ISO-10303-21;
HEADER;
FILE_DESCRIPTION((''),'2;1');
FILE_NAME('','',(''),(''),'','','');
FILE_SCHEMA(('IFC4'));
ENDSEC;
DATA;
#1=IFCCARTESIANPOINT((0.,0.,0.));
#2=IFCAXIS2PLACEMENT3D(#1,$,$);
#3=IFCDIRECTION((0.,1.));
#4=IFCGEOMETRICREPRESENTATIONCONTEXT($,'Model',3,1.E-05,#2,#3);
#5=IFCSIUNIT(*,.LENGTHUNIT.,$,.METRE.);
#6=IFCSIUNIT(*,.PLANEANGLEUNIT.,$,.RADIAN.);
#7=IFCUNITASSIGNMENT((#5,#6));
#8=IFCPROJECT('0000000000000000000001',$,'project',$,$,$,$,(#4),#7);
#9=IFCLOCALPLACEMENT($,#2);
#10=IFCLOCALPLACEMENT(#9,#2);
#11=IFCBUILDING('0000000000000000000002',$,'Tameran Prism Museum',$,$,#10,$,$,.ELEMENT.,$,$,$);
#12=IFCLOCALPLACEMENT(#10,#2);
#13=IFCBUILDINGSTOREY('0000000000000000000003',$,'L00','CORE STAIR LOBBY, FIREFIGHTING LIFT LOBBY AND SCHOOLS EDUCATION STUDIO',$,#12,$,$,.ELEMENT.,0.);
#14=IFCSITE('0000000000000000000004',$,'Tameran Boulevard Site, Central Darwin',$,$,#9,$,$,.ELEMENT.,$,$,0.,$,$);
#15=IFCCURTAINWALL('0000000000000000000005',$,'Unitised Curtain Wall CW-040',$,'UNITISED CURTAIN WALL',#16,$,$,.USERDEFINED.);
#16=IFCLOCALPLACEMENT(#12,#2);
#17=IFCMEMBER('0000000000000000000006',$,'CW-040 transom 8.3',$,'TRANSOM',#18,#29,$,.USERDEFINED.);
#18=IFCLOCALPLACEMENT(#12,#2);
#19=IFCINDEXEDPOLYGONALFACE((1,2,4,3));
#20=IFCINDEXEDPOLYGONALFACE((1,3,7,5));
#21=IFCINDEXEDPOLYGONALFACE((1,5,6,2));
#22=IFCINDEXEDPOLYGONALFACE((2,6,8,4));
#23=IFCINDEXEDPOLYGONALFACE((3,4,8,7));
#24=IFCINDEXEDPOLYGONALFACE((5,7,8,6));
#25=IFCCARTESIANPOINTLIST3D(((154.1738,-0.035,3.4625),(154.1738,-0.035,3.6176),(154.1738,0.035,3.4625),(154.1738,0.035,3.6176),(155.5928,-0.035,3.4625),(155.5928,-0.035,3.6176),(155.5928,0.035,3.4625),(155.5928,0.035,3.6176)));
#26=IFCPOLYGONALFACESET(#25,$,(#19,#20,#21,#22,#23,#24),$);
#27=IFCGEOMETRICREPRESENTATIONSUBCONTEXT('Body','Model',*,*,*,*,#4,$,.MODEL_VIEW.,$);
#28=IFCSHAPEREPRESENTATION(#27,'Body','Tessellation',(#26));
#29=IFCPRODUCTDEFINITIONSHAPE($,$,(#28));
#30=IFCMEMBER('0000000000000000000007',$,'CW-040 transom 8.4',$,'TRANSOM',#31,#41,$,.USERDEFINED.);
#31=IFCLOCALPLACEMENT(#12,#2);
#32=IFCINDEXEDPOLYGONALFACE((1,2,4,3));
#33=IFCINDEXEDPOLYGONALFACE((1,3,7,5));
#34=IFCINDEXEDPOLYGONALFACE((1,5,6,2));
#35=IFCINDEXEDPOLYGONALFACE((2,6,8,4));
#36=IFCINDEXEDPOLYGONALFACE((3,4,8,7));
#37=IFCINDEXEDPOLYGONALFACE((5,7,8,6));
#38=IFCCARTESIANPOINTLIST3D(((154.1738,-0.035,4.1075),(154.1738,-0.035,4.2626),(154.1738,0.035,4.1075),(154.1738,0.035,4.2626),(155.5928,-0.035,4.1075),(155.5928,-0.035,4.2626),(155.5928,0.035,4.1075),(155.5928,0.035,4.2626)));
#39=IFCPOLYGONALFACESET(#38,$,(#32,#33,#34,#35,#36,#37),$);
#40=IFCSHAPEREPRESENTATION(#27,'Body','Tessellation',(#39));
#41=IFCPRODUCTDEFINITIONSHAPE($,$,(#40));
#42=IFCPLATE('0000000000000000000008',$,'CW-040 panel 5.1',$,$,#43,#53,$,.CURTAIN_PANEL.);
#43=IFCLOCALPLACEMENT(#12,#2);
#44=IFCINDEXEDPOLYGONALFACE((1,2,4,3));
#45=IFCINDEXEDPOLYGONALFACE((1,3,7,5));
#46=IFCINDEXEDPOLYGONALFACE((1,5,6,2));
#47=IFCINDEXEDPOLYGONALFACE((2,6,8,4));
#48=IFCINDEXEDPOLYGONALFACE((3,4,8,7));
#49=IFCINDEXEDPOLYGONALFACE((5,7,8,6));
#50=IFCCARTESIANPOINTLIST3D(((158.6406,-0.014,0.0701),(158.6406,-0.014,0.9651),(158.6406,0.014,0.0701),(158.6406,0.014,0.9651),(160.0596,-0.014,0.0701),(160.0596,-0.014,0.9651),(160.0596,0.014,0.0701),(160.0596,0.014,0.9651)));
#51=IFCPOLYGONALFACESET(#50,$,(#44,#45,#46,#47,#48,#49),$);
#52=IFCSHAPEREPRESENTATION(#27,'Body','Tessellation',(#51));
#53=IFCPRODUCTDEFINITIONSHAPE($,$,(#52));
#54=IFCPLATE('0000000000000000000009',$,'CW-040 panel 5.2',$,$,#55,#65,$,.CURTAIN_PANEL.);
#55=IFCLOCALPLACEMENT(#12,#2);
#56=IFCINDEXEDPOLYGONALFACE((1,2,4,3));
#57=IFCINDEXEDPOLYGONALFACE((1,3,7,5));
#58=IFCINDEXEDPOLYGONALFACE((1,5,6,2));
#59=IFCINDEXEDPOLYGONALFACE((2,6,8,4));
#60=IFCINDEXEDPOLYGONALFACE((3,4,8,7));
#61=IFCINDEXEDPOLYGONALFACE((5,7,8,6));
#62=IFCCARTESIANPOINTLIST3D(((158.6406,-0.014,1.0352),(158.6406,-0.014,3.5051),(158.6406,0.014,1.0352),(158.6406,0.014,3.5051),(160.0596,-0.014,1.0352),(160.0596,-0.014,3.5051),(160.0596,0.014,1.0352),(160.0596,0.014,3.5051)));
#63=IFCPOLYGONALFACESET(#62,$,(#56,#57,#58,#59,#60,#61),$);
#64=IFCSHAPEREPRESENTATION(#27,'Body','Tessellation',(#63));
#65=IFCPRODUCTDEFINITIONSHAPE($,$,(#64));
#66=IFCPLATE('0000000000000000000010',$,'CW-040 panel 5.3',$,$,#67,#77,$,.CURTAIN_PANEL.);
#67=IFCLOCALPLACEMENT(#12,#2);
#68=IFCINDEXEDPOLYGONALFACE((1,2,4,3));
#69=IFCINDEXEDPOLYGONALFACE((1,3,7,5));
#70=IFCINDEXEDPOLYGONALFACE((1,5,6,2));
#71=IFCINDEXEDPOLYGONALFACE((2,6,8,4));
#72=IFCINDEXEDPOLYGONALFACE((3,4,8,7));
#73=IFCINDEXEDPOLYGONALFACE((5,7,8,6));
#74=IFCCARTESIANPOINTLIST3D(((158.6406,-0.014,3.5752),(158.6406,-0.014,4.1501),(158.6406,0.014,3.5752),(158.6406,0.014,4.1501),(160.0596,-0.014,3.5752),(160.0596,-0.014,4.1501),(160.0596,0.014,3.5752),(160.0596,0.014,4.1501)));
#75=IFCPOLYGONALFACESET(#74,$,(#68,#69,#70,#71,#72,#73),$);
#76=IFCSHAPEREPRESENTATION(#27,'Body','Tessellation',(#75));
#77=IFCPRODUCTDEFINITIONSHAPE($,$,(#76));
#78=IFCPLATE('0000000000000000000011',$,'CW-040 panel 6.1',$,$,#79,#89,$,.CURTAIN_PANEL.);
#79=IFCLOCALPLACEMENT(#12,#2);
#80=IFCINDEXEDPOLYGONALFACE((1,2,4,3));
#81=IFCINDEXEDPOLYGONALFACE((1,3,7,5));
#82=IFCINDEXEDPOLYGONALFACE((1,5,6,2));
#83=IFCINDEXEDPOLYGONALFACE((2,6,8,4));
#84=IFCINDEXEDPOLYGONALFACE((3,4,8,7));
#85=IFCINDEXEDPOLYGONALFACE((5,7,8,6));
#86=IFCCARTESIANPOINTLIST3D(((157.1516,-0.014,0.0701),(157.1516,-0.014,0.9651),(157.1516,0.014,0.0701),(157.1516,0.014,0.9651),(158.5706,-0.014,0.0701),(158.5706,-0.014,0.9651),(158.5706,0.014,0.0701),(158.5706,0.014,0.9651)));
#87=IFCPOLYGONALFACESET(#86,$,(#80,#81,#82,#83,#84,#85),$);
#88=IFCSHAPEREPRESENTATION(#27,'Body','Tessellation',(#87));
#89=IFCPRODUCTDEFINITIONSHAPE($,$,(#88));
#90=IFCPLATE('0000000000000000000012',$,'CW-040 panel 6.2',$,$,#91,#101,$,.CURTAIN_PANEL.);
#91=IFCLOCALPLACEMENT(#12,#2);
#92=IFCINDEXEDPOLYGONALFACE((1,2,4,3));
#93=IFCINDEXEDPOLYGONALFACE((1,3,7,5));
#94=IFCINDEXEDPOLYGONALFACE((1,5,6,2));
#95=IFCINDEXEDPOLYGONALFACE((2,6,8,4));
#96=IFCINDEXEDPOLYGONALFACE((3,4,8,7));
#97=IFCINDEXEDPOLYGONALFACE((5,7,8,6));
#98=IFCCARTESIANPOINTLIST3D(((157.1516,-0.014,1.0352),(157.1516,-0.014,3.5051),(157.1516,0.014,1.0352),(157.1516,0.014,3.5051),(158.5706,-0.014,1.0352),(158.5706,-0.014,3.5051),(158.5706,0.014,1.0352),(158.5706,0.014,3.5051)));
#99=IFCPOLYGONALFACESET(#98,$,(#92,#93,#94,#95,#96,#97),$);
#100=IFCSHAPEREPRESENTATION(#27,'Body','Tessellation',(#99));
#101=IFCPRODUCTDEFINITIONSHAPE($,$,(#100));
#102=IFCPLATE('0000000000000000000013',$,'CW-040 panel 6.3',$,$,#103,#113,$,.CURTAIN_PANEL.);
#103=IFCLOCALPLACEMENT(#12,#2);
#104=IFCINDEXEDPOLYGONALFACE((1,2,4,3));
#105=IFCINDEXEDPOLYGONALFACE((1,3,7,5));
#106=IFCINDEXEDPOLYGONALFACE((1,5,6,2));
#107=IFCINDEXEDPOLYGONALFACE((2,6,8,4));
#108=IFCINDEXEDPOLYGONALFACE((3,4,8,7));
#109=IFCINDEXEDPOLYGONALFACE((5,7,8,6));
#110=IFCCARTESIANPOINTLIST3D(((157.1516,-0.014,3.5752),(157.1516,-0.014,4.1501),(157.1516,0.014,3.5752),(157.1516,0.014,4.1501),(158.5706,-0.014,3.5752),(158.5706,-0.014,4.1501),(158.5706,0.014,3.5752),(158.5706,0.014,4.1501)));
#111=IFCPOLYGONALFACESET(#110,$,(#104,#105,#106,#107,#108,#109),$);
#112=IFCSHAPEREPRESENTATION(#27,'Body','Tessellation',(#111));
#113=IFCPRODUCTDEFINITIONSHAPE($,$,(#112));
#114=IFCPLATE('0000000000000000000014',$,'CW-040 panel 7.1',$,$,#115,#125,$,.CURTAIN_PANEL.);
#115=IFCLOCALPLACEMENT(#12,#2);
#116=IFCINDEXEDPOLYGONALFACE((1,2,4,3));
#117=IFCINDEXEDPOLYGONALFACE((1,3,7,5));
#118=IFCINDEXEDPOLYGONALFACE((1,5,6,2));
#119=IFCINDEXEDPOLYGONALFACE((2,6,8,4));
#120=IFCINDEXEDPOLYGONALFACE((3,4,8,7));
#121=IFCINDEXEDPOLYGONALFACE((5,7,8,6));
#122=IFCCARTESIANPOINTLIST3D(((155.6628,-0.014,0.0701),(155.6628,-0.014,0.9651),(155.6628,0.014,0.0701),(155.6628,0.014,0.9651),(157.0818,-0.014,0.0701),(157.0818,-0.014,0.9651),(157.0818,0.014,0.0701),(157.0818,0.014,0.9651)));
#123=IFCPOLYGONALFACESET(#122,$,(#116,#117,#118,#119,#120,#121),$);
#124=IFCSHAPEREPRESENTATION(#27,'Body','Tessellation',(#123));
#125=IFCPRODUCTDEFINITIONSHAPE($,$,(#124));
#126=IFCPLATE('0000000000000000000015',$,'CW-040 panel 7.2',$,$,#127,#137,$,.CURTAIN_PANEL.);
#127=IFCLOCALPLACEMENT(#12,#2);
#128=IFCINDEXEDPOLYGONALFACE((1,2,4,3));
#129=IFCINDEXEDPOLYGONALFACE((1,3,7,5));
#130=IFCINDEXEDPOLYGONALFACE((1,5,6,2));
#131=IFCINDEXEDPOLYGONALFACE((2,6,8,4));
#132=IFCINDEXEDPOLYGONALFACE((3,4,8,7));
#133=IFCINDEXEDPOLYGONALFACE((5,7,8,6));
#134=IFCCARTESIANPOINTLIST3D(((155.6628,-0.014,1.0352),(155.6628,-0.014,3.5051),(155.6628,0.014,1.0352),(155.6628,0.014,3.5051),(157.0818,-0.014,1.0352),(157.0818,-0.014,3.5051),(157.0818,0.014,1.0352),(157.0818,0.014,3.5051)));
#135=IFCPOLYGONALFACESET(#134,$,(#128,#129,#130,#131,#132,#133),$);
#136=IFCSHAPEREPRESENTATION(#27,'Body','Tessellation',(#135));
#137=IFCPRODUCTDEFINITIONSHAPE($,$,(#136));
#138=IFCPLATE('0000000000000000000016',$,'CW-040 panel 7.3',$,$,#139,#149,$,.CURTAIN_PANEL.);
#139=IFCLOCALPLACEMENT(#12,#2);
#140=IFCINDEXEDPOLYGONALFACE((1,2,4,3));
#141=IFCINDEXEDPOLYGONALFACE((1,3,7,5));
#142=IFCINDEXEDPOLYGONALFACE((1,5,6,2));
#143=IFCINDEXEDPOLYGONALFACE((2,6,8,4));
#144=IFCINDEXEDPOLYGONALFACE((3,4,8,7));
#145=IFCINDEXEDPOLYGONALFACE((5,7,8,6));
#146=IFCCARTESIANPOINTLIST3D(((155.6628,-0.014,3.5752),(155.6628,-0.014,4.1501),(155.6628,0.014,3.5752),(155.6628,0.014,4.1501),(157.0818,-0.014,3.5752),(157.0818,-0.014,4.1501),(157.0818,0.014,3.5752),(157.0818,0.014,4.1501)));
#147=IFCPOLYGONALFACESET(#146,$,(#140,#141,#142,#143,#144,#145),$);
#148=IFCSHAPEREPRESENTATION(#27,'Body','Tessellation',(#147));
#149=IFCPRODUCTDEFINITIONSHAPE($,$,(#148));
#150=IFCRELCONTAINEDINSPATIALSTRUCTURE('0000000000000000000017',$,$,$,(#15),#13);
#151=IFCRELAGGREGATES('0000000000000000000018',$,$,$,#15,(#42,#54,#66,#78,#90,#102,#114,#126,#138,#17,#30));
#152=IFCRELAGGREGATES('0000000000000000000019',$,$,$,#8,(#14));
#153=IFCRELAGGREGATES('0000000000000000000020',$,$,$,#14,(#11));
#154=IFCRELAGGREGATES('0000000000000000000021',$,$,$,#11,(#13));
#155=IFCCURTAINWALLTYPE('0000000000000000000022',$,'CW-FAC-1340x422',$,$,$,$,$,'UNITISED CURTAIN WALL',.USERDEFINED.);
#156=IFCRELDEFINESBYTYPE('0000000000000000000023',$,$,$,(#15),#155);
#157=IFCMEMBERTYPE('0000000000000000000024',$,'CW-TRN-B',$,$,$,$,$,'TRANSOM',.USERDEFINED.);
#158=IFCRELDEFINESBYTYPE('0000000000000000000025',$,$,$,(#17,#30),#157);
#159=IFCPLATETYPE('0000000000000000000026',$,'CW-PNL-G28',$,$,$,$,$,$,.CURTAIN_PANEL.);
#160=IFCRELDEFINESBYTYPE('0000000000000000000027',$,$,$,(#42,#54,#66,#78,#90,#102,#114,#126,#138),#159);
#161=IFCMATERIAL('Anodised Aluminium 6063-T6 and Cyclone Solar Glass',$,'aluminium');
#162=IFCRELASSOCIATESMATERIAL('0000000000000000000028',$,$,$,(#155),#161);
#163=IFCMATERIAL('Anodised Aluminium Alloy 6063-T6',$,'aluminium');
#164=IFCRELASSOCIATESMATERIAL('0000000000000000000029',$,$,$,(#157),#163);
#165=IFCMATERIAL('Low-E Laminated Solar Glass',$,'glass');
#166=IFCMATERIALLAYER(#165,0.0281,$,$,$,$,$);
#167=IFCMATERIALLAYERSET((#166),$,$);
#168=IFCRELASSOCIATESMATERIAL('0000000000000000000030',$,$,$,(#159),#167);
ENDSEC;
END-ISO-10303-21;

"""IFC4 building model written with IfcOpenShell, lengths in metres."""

from ifc_helpers import new_model, si_unit, direction, frame, origin, origin_2d, place, context, subcontext, project, spatial, rectangle, extrude, material, layer, layer_set, material_profile, profile_set, type_object, element, aggregate, save


model = new_model("IFC4")

# Units and contexts
model_context = context("Model", 3, precision=1e-05, world=origin(), true_north=direction((0.0, 1.0)))
body_context = subcontext(model_context, "Body", "Model", "MODEL_VIEW")
ifc_project = project(units=[si_unit("LENGTHUNIT", "METRE"), si_unit("PLANEANGLEUNIT", "RADIAN")], contexts=[model_context])

# Site, building, storey
site_placement = place(None, origin())
site = spatial("IfcSite", under=ifc_project, at=site_placement, Name="Tameran Boulevard Site, Central Darwin", CompositionType="ELEMENT", RefElevation=0.0)
building_placement = place(site_placement, origin())
building = spatial("IfcBuilding", under=site, at=building_placement, Name="Tameran Prism Museum", CompositionType="ELEMENT")
storey_placement = place(building_placement, origin())
storey = spatial("IfcBuildingStorey", under=building, at=storey_placement, Name="L00", Description="CORE STAIR LOBBY, FIREFIGHTING LIFT LOBBY AND SCHOOLS EDUCATION STUDIO", CompositionType="ELEMENT", Elevation=0.0)

# Curtain wall, members, plates
ifc_material_1 = material(Name="Anodised Aluminium 6063-T6 and Cyclone Solar Glass", Category="aluminium")
curtain_wall_type = type_object("IfcCurtainWallType", Name="CW-FAC-1340x422", ElementType="UNITISED CURTAIN WALL", PredefinedType="USERDEFINED", material=ifc_material_1)
curtain_wall_placement = place(storey_placement, origin())
curtain_wall = element("IfcCurtainWall", 1, at=curtain_wall_placement, inside=storey, type_object=curtain_wall_type, Name="Unitised Curtain Wall CW-040", ObjectType="UNITISED CURTAIN WALL", PredefinedType="USERDEFINED")
ifc_material_2 = material(Name="Anodised Aluminium Alloy 6063-T6", Category="aluminium")
ifc_material_profile_1 = material_profile(ifc_material_2, rectangle(XDim=0.0701, YDim=0.155, at=origin_2d()))
ifc_profile_set_1 = profile_set([ifc_material_profile_1])
member_type_1 = type_object("IfcMemberType", Name="CW-TRN-B", ElementType="TRANSOM", PredefinedType="USERDEFINED", material=ifc_profile_set_1)
member_1_placement = place(storey_placement, frame((155.5928, 0.0, 3.54), z_axis=(-1.0, 0.0, 0.0), x_axis=(0.0, -1.0, 0.0)))
member_1 = element("IfcMember", 2, at=member_1_placement, type_object=member_type_1, Name="CW-040 transom 8.3", ObjectType="TRANSOM", PredefinedType="USERDEFINED", context=body_context, shape_type="SweptSolid", body=[
    extrude(rectangle(XDim=0.0701, YDim=0.155, at=origin_2d()), origin(), (0.0, 0.0, 1.0), 1.4189),
])
member_2_placement = place(storey_placement, frame((155.5928, 0.0, 4.1851), z_axis=(-1.0, 0.0, 0.0), x_axis=(0.0, -1.0, 0.0)))
member_2 = element("IfcMember", 3, at=member_2_placement, type_object=member_type_1, Name="CW-040 transom 8.4", ObjectType="TRANSOM", PredefinedType="USERDEFINED", context=body_context, shape_type="SweptSolid", body=[
    extrude(rectangle(XDim=0.0701, YDim=0.155, at=origin_2d()), origin(), (0.0, 0.0, 1.0), 1.4189),
])
ifc_material_3 = material(Name="Low-E Laminated Solar Glass", Category="glass")
ifc_layer = layer(ifc_material_3, 0.0281)
ifc_layer_set = layer_set([ifc_layer])
plate_type = type_object("IfcPlateType", Name="CW-PNL-G28", PredefinedType="CURTAIN_PANEL", material=ifc_layer_set)
plate_1_placement = place(storey_placement, frame((159.3501, 0.0, 0.0701), z_axis=(0.0, 0.0, 1.0), x_axis=(-1.0, 0.0, 0.0)))
plate_1 = element("IfcPlate", 4, at=plate_1_placement, type_object=plate_type, Name="CW-040 panel 5.1", PredefinedType="CURTAIN_PANEL", context=body_context, shape_type="SweptSolid", body=[
    extrude(rectangle(XDim=1.4189, YDim=0.0281, at=origin_2d()), origin(), (0.0, 0.0, 1.0), 0.895),
])
plate_2_placement = place(storey_placement, frame((159.3501, 0.0, 1.0352), z_axis=(0.0, 0.0, 1.0), x_axis=(-1.0, 0.0, 0.0)))
plate_2 = element("IfcPlate", 5, at=plate_2_placement, type_object=plate_type, Name="CW-040 panel 5.2", PredefinedType="CURTAIN_PANEL", context=body_context, shape_type="SweptSolid", body=[
    extrude(rectangle(XDim=1.4189, YDim=0.0281, at=origin_2d()), origin(), (0.0, 0.0, 1.0), 2.47),
])
plate_3_placement = place(storey_placement, frame((159.3501, 0.0, 3.5752), z_axis=(0.0, 0.0, 1.0), x_axis=(-1.0, 0.0, 0.0)))
plate_3 = element("IfcPlate", 6, at=plate_3_placement, type_object=plate_type, Name="CW-040 panel 5.3", PredefinedType="CURTAIN_PANEL", context=body_context, shape_type="SweptSolid", body=[
    extrude(rectangle(XDim=1.4189, YDim=0.0281, at=origin_2d()), origin(), (0.0, 0.0, 1.0), 0.575),
])
plate_4_placement = place(storey_placement, frame((157.8611, 0.0, 0.0701), z_axis=(0.0, 0.0, 1.0), x_axis=(-1.0, 0.0, 0.0)))
plate_4 = element("IfcPlate", 7, at=plate_4_placement, type_object=plate_type, Name="CW-040 panel 6.1", PredefinedType="CURTAIN_PANEL", context=body_context, shape_type="SweptSolid", body=[
    extrude(rectangle(XDim=1.4189, YDim=0.0281, at=origin_2d()), origin(), (0.0, 0.0, 1.0), 0.895),
])
plate_5_placement = place(storey_placement, frame((157.8611, 0.0, 1.0352), z_axis=(0.0, 0.0, 1.0), x_axis=(-1.0, 0.0, 0.0)))
plate_5 = element("IfcPlate", 8, at=plate_5_placement, type_object=plate_type, Name="CW-040 panel 6.2", PredefinedType="CURTAIN_PANEL", context=body_context, shape_type="SweptSolid", body=[
    extrude(rectangle(XDim=1.4189, YDim=0.0281, at=origin_2d()), origin(), (0.0, 0.0, 1.0), 2.47),
])
plate_6_placement = place(storey_placement, frame((157.8611, 0.0, 3.5752), z_axis=(0.0, 0.0, 1.0), x_axis=(-1.0, 0.0, 0.0)))
plate_6 = element("IfcPlate", 9, at=plate_6_placement, type_object=plate_type, Name="CW-040 panel 6.3", PredefinedType="CURTAIN_PANEL", context=body_context, shape_type="SweptSolid", body=[
    extrude(rectangle(XDim=1.4189, YDim=0.0281, at=origin_2d()), origin(), (0.0, 0.0, 1.0), 0.575),
])
plate_7_placement = place(storey_placement, frame((156.3723, 0.0, 0.0701), z_axis=(0.0, 0.0, 1.0), x_axis=(-1.0, 0.0, 0.0)))
plate_7 = element("IfcPlate", 10, at=plate_7_placement, type_object=plate_type, Name="CW-040 panel 7.1", PredefinedType="CURTAIN_PANEL", context=body_context, shape_type="SweptSolid", body=[
    extrude(rectangle(XDim=1.4189, YDim=0.0281, at=origin_2d()), origin(), (0.0, 0.0, 1.0), 0.895),
])
plate_8_placement = place(storey_placement, frame((156.3723, 0.0, 1.0352), z_axis=(0.0, 0.0, 1.0), x_axis=(-1.0, 0.0, 0.0)))
plate_8 = element("IfcPlate", 11, at=plate_8_placement, type_object=plate_type, Name="CW-040 panel 7.2", PredefinedType="CURTAIN_PANEL", context=body_context, shape_type="SweptSolid", body=[
    extrude(rectangle(XDim=1.4189, YDim=0.0281, at=origin_2d()), origin(), (0.0, 0.0, 1.0), 2.47),
])
plate_9_placement = place(storey_placement, frame((156.3723, 0.0, 3.5752), z_axis=(0.0, 0.0, 1.0), x_axis=(-1.0, 0.0, 0.0)))
plate_9 = element("IfcPlate", 12, at=plate_9_placement, type_object=plate_type, Name="CW-040 panel 7.3", PredefinedType="CURTAIN_PANEL", context=body_context, shape_type="SweptSolid", body=[
    extrude(rectangle(XDim=1.4189, YDim=0.0281, at=origin_2d()), origin(), (0.0, 0.0, 1.0), 0.575),
])
aggregate(curtain_wall, [plate_1, plate_2, plate_3, plate_4, plate_5, plate_6, plate_7, plate_8, plate_9, member_1, member_2])

save(model, "model.ifc")
